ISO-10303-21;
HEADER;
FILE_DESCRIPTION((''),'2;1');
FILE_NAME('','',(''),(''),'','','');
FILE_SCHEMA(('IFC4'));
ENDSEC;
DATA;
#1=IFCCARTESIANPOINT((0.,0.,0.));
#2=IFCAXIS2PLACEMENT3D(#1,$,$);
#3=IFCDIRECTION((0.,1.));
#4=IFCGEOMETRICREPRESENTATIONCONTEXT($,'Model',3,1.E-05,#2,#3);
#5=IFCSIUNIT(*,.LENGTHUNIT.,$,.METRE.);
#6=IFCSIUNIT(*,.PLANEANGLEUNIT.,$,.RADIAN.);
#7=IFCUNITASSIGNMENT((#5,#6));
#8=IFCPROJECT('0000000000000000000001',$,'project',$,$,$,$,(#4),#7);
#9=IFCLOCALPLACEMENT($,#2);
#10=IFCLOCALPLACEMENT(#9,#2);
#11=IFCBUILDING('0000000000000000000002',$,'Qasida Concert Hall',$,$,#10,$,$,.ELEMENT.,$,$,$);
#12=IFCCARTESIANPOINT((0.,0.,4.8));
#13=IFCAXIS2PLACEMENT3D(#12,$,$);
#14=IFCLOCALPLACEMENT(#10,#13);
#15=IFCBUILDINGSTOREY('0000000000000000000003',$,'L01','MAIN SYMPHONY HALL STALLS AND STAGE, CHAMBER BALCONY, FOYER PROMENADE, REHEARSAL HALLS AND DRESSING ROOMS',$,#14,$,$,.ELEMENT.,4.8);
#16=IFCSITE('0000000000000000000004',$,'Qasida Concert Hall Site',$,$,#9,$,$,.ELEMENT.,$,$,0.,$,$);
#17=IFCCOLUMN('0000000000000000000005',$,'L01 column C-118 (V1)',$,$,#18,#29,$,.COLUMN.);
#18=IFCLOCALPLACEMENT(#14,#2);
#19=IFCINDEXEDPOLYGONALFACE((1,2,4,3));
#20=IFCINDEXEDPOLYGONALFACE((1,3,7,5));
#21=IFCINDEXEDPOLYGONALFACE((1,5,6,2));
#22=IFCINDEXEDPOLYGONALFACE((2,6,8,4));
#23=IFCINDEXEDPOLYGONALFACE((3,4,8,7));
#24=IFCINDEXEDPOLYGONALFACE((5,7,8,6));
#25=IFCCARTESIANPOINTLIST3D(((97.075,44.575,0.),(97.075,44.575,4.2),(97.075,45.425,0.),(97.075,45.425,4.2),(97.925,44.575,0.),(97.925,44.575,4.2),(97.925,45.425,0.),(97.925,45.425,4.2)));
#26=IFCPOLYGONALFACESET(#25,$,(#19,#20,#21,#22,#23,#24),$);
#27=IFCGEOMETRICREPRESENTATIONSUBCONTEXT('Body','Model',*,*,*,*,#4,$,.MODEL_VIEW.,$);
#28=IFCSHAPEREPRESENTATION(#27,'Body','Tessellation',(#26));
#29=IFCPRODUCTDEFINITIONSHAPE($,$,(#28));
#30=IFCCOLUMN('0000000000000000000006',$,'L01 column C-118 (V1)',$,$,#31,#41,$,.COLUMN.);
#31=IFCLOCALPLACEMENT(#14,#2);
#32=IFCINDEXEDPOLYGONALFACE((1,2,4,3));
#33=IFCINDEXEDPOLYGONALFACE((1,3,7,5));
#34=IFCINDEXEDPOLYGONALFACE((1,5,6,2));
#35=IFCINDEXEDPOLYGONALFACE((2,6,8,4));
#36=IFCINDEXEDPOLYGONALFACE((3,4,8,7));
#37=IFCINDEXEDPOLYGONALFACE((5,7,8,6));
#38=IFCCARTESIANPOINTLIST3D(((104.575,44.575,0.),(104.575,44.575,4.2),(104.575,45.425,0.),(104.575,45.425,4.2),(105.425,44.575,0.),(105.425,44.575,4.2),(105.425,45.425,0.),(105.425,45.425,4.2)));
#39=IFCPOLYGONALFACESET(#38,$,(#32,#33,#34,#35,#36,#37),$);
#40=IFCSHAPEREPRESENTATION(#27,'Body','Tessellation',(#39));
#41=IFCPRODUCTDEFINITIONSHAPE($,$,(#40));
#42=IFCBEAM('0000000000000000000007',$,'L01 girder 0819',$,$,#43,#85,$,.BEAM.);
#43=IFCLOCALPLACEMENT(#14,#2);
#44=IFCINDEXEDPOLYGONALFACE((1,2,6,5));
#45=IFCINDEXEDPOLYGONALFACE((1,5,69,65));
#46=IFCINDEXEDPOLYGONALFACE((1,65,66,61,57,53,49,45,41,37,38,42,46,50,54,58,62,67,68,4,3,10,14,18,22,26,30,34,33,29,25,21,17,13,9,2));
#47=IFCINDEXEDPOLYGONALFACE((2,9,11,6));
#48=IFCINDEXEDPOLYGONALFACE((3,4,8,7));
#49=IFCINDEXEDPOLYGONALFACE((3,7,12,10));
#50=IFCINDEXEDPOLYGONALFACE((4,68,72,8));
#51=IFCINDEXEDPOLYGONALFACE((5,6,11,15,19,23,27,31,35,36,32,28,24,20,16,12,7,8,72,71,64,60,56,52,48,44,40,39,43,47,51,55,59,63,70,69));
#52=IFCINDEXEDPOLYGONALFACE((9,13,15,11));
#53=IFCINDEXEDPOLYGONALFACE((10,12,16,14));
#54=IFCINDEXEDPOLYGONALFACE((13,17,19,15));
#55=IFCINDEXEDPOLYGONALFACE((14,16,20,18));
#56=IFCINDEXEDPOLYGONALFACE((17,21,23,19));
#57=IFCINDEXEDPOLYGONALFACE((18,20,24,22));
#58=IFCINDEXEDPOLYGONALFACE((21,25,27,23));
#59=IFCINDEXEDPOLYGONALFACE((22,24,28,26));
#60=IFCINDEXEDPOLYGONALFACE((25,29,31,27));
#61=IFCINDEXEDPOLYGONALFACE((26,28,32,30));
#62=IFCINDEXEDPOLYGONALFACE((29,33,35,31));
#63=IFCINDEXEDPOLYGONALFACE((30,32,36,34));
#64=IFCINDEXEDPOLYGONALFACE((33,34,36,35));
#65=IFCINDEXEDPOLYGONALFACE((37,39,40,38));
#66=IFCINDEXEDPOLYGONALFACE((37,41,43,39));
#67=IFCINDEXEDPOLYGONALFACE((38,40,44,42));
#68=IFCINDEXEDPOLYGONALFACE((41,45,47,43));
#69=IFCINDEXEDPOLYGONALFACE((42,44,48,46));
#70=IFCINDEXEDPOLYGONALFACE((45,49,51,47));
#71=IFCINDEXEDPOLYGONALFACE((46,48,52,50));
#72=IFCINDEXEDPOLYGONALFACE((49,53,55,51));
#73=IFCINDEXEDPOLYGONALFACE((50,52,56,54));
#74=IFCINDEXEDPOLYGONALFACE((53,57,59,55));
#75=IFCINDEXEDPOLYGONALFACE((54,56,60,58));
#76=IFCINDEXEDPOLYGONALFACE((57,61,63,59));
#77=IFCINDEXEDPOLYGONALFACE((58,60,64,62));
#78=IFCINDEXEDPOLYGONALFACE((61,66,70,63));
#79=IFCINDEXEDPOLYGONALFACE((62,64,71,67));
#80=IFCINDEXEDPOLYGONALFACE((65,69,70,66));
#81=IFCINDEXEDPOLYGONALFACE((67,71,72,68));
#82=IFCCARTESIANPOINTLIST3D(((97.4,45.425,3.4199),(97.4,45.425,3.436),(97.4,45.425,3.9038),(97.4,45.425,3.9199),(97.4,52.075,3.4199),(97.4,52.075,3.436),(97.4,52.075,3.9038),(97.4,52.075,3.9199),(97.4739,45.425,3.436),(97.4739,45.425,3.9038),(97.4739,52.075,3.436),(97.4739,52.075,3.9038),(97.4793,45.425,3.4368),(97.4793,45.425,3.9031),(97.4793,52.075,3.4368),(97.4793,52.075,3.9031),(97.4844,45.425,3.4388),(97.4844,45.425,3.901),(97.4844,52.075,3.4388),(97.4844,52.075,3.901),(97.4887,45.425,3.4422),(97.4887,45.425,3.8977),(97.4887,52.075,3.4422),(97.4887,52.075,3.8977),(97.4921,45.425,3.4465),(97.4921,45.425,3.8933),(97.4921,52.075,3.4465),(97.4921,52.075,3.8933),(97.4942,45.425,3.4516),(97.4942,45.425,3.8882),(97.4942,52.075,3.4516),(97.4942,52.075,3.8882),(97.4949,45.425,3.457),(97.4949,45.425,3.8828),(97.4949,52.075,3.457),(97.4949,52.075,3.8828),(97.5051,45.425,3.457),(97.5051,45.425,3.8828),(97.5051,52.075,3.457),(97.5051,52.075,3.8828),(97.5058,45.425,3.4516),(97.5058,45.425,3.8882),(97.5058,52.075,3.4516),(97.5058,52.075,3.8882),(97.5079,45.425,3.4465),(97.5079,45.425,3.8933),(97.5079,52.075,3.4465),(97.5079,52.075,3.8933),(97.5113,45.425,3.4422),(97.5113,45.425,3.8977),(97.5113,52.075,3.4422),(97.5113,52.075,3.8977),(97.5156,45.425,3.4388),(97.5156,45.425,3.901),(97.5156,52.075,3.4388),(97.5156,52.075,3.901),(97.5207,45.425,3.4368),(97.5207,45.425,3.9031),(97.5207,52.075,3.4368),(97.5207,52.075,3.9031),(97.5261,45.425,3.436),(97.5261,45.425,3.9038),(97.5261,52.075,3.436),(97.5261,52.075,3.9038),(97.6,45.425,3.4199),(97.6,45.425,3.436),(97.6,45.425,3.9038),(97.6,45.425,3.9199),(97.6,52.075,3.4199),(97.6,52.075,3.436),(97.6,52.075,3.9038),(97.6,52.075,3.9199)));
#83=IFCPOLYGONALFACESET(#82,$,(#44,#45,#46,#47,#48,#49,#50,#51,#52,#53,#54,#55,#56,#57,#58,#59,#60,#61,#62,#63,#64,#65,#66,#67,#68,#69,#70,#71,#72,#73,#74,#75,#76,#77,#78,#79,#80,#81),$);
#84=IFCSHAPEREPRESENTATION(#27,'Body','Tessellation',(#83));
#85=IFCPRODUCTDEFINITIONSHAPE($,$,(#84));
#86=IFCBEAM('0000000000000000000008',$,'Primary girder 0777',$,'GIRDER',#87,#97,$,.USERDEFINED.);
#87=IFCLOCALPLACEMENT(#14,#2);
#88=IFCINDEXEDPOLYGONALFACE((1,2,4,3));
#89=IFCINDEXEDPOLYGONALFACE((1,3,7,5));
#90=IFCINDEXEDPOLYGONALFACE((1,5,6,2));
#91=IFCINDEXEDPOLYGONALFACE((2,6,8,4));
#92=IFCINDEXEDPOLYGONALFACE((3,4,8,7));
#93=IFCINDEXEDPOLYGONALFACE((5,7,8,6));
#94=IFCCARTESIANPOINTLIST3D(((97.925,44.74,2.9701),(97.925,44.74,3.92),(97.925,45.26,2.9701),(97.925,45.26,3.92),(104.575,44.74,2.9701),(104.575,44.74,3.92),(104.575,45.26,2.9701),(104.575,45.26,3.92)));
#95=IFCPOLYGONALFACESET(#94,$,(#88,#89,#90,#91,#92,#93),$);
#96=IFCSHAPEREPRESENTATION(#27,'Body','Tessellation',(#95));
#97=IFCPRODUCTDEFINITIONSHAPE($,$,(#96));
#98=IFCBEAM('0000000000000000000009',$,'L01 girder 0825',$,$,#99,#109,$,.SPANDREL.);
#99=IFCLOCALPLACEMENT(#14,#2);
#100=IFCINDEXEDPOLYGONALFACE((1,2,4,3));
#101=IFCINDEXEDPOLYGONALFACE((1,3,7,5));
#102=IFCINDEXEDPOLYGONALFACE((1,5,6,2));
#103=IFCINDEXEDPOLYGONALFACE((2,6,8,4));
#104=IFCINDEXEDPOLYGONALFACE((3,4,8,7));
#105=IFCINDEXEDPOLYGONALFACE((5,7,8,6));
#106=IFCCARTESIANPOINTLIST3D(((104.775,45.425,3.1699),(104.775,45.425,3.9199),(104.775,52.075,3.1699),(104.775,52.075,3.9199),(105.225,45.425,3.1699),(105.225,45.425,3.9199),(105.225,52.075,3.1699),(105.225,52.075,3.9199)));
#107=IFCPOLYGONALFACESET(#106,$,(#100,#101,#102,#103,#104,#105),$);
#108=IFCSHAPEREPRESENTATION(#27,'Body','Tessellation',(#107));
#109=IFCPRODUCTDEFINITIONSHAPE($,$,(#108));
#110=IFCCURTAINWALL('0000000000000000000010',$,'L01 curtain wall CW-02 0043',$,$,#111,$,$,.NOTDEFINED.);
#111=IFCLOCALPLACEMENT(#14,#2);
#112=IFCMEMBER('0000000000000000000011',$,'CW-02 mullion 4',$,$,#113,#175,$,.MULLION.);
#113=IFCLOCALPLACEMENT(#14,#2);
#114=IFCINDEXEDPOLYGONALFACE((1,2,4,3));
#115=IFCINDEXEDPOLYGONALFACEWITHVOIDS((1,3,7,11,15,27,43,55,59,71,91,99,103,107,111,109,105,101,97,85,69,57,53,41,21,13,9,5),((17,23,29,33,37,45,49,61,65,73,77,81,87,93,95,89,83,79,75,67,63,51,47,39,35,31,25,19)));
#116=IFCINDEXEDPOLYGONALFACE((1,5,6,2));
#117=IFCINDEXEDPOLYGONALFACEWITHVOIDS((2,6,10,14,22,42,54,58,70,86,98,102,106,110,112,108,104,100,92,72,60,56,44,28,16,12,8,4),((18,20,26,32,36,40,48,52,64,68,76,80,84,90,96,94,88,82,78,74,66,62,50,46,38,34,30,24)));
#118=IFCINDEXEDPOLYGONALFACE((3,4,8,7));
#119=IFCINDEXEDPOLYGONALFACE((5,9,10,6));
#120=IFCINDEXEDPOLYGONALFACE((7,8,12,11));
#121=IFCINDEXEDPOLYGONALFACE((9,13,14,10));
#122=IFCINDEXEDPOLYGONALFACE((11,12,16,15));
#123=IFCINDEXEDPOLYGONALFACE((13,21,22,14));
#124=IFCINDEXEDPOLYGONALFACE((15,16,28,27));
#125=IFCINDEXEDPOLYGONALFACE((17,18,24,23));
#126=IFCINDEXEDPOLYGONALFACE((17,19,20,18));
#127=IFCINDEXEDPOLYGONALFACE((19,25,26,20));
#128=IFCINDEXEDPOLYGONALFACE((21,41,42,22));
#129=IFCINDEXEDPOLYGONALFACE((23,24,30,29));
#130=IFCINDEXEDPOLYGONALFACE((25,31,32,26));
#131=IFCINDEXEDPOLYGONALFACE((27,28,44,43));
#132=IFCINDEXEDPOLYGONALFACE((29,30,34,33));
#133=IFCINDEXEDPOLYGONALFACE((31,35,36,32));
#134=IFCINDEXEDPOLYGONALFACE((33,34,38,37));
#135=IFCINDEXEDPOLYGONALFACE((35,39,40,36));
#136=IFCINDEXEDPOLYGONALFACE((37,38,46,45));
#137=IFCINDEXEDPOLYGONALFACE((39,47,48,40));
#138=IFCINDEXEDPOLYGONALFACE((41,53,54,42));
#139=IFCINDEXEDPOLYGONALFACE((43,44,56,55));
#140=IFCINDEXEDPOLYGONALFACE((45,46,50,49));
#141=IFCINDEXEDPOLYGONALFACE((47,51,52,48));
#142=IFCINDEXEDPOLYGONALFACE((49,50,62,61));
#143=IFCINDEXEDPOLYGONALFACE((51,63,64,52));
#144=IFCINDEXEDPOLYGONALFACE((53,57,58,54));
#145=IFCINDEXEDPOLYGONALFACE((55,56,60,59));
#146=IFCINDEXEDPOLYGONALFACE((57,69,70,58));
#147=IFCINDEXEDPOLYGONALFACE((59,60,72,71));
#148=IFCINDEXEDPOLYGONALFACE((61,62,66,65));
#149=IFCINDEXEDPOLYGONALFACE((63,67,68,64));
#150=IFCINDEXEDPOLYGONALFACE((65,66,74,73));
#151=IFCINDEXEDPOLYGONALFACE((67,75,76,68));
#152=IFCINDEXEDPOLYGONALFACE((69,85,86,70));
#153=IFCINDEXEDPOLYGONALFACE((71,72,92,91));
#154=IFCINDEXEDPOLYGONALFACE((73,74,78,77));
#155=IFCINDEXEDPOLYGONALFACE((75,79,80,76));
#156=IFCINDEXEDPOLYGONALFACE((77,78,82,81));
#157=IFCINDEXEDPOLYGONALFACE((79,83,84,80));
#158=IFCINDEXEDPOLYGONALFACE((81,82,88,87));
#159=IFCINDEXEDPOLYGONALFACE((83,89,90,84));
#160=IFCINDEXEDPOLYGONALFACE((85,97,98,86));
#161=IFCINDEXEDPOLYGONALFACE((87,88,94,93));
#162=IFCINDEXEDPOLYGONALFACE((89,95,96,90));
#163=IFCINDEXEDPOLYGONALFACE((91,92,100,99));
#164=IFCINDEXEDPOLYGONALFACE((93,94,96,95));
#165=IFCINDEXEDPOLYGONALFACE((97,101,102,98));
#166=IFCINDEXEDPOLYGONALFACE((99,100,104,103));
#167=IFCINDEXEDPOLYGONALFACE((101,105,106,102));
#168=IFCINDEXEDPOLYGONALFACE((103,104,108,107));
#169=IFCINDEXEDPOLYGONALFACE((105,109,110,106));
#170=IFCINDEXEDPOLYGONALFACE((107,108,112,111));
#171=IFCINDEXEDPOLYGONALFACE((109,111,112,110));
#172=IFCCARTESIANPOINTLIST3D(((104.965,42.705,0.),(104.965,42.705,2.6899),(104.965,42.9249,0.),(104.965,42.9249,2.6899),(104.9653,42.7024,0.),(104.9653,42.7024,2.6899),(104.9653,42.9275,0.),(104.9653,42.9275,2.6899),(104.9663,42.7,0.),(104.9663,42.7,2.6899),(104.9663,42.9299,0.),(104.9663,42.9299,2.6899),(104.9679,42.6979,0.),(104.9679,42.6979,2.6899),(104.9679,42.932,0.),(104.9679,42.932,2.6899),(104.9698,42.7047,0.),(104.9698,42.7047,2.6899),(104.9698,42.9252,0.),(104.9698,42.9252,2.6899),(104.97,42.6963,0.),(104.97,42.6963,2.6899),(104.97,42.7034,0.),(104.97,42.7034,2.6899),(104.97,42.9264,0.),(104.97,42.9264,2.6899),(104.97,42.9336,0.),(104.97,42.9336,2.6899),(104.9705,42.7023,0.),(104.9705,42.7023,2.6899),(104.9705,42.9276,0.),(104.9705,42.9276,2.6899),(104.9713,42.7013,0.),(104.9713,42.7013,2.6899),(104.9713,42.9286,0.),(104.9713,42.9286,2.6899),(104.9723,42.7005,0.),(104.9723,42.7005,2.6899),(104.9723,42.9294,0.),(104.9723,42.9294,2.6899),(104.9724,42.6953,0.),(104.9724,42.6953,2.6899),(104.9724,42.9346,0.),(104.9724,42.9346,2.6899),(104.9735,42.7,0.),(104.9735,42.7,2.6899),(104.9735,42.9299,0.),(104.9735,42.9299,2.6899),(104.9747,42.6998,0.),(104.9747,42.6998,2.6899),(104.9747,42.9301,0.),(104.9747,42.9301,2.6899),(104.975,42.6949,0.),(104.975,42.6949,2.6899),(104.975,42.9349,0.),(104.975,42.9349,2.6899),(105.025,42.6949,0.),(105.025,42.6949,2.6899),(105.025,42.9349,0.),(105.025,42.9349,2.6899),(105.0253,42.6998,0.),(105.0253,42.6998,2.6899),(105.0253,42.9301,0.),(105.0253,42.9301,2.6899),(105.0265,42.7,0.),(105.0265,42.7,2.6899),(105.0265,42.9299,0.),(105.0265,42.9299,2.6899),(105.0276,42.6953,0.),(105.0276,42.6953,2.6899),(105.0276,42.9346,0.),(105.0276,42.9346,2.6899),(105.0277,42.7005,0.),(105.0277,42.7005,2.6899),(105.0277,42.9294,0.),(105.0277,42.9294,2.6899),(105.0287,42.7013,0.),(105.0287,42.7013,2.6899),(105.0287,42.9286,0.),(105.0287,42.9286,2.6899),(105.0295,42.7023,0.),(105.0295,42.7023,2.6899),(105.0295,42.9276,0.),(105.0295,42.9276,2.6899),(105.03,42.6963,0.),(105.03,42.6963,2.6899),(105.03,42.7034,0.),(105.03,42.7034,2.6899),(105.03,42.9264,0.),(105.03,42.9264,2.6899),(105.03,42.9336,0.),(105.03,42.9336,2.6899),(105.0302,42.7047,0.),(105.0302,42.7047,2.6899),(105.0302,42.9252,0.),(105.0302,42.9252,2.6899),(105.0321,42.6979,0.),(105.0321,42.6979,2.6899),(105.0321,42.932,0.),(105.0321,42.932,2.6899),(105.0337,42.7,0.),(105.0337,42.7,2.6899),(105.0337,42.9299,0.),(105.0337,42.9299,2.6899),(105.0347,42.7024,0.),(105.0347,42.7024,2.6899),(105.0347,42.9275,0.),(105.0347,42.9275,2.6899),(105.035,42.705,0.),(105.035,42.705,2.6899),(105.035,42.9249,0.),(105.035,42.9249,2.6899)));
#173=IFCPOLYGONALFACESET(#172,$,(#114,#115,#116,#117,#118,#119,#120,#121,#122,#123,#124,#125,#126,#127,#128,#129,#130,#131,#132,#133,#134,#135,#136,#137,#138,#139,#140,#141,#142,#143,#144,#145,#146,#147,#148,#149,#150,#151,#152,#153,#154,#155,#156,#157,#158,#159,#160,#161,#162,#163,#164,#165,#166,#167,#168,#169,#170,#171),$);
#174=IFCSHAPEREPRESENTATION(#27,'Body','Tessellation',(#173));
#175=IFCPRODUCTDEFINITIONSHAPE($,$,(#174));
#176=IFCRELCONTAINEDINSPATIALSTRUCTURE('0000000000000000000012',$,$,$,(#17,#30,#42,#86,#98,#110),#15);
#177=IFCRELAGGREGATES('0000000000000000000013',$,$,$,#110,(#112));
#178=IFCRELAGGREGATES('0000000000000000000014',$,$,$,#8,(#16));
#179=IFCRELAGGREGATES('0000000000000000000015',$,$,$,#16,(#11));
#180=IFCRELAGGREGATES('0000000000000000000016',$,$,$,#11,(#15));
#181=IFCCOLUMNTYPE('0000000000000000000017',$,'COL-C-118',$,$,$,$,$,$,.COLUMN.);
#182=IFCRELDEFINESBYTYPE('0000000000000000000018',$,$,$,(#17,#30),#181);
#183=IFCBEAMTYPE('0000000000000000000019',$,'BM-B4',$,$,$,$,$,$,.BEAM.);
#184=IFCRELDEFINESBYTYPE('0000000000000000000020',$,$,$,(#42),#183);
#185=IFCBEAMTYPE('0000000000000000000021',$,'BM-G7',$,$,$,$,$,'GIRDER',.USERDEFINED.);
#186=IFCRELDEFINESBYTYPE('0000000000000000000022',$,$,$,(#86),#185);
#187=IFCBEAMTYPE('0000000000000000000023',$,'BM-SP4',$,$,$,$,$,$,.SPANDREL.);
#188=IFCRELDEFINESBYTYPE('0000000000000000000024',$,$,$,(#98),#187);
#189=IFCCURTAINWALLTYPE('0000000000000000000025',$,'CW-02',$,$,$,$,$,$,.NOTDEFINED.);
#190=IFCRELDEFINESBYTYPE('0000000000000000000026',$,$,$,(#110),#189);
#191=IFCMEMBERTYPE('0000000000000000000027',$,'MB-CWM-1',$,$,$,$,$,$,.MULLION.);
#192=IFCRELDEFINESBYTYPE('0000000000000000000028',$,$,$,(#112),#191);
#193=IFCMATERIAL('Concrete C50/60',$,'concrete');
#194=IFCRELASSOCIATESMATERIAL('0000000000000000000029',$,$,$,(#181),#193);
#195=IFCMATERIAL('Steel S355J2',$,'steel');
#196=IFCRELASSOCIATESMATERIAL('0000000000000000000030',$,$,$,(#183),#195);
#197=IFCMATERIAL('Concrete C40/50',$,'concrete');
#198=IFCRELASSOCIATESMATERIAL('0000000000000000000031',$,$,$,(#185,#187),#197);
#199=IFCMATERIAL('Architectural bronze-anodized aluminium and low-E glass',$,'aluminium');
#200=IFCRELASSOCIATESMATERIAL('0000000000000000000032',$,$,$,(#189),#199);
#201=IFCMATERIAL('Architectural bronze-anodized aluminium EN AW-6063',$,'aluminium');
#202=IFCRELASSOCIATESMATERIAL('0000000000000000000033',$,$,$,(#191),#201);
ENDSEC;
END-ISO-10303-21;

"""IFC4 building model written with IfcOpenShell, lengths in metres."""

from ifc_helpers import new_model, si_unit, direction, frame, origin, origin_2d, place, context, subcontext, project, spatial, rectangle, hollow_rectangle, i_section, extrude, material, material_profile, profile_set, type_object, element, aggregate, save


model = new_model("IFC4")

# Units and contexts
model_context = context("Model", 3, precision=1e-05, world=origin(), true_north=direction((0.0, 1.0)))
body_context = subcontext(model_context, "Body", "Model", "MODEL_VIEW")
ifc_project = project(units=[si_unit("LENGTHUNIT", "METRE"), si_unit("PLANEANGLEUNIT", "RADIAN")], contexts=[model_context])

# Site, building, storey
site_placement = place(None, origin())
site = spatial("IfcSite", under=ifc_project, at=site_placement, Name="Qasida Concert Hall Site", CompositionType="ELEMENT", RefElevation=0.0)
building_placement = place(site_placement, origin())
building = spatial("IfcBuilding", under=site, at=building_placement, Name="Qasida Concert Hall", CompositionType="ELEMENT")
storey_placement = place(building_placement, frame((0.0, 0.0, 4.8)))
storey = spatial("IfcBuildingStorey", under=building, at=storey_placement, Name="L01", Description="MAIN SYMPHONY HALL STALLS AND STAGE, CHAMBER BALCONY, FOYER PROMENADE, REHEARSAL HALLS AND DRESSING ROOMS", CompositionType="ELEMENT", Elevation=4.8)

# Columns
ifc_material_1 = material(Name="Concrete C50/60", Category="concrete")
ifc_material_profile_1 = material_profile(ifc_material_1, rectangle(XDim=0.8501, YDim=0.8501, at=origin_2d()), Name="RC 850x850")
ifc_profile_set_1 = profile_set([ifc_material_profile_1], Name="Concrete C50/60")
column_type = type_object("IfcColumnType", Name="COL-C-118", PredefinedType="COLUMN", material=ifc_profile_set_1)
for number, where, z_axis, x_axis, name in (
    (1, (97.5, 45.0, 0.0), (0.0, 0.0, 1.0), (1.0, 0.0, 0.0), "L01 column C-118 (V1)"),
    (2, (105.0, 45.0, 0.0), (0.0, 0.0, 1.0), (1.0, 0.0, 0.0), "L01 column C-118 (V1)"),
):
    element("IfcColumn", number, at=place(storey_placement, frame(where, z_axis=z_axis, x_axis=x_axis)), inside=storey, type_object=column_type, Name=name, PredefinedType="COLUMN", context=body_context, shape_type="SweptSolid", body=[
        extrude(rectangle(XDim=0.8501, YDim=0.8501, at=origin_2d()), origin(), (0.0, 0.0, 1.0), 4.2),
    ])

# Beams
ifc_material_2 = material(Name="Steel S355J2", Category="steel")
ifc_material_profile_2 = material_profile(ifc_material_2, i_section(OverallWidth=0.2, OverallDepth=0.5, WebThickness=0.0103, FlangeThickness=0.0161, FilletRadius=0.021, at=origin_2d()), Name="IPE 500")
ifc_profile_set_2 = profile_set([ifc_material_profile_2], Name="Steel S355J2")
beam_type_1 = type_object("IfcBeamType", Name="BM-B4", PredefinedType="BEAM", material=ifc_profile_set_2)
beam_1_placement = place(storey_placement, frame((97.5, 45.425, 3.6699), z_axis=(0.0, 1.0, 0.0), x_axis=(-1.0, 0.0, 0.0)))
element("IfcBeam", 3, at=beam_1_placement, inside=storey, type_object=beam_type_1, Name="L01 girder 0819", PredefinedType="BEAM", context=body_context, shape_type="SweptSolid", body=[
    extrude(i_section(OverallWidth=0.2, OverallDepth=0.5, WebThickness=0.0103, FlangeThickness=0.0161, FilletRadius=0.021, at=origin_2d()), origin(), (0.0, 0.0, 1.0), 6.6499),
])
ifc_material_3 = material(Name="Concrete C40/50", Category="concrete")
ifc_material_profile_3 = material_profile(ifc_material_3, rectangle(XDim=0.52, YDim=0.95, at=origin_2d()), Name="RC 520x950")
ifc_profile_set_3 = profile_set([ifc_material_profile_3], Name="Concrete C40/50")
beam_type_2 = type_object("IfcBeamType", Name="BM-G7", ElementType="GIRDER", PredefinedType="USERDEFINED", material=ifc_profile_set_3)
beam_2_placement = place(storey_placement, frame((97.925, 45.0, 3.4451), z_axis=(1.0, 0.0, 0.0), x_axis=(0.0, 1.0, 0.0)))
element("IfcBeam", 4, at=beam_2_placement, inside=storey, type_object=beam_type_2, Name="Primary girder 0777", ObjectType="GIRDER", PredefinedType="USERDEFINED", context=body_context, shape_type="SweptSolid", body=[
    extrude(rectangle(XDim=0.52, YDim=0.95, at=origin_2d()), origin(), (0.0, 0.0, 1.0), 6.6499),
])
ifc_material_profile_4 = material_profile(ifc_material_3, rectangle(XDim=0.45, YDim=0.75, at=origin_2d()), Name="RC 450x750")
ifc_profile_set_4 = profile_set([ifc_material_profile_4], Name="Concrete C40/50")
beam_type_3 = type_object("IfcBeamType", Name="BM-SP4", PredefinedType="SPANDREL", material=ifc_profile_set_4)
beam_3_placement = place(storey_placement, frame((105.0, 45.425, 3.5449), z_axis=(0.0, 1.0, 0.0), x_axis=(-1.0, 0.0, 0.0)))
element("IfcBeam", 5, at=beam_3_placement, inside=storey, type_object=beam_type_3, Name="L01 girder 0825", PredefinedType="SPANDREL", context=body_context, shape_type="SweptSolid", body=[
    extrude(rectangle(XDim=0.45, YDim=0.75, at=origin_2d()), origin(), (0.0, 0.0, 1.0), 6.6499),
])

# Curtain wall, member
ifc_material_4 = material(Name="Architectural bronze-anodized aluminium and low-E glass", Category="aluminium")
curtain_wall_type = type_object("IfcCurtainWallType", Name="CW-02", PredefinedType="NOTDEFINED", material=ifc_material_4)
curtain_wall_placement = place(storey_placement, origin())
curtain_wall = element("IfcCurtainWall", 6, at=curtain_wall_placement, inside=storey, type_object=curtain_wall_type, Name="L01 curtain wall CW-02 0043", PredefinedType="NOTDEFINED")
ifc_material_5 = material(Name="Architectural bronze-anodized aluminium EN AW-6063", Category="aluminium")
ifc_material_profile_5 = material_profile(ifc_material_5, hollow_rectangle(XDim=0.0701, YDim=0.24, WallThickness=0.0049, InnerFilletRadius=0.0049, OuterFilletRadius=0.01, at=origin_2d()), Name="CWM 240x70x5")
ifc_profile_set_5 = profile_set([ifc_material_profile_5], Name="Architectural bronze-anodized aluminium EN AW-6063")
member_type_1 = type_object("IfcMemberType", Name="MB-CWM-1", PredefinedType="MULLION", material=ifc_profile_set_5)
member_1_placement = place(storey_placement, frame((105.0, 42.8149, 0.0), z_axis=(0.0, 0.0, 1.0), x_axis=(-1.0, 0.0, 0.0)))
member_1 = element("IfcMember", 7, at=member_1_placement, type_object=member_type_1, Name="CW-02 mullion 4", PredefinedType="MULLION", context=body_context, shape_type="SweptSolid", body=[
    extrude(hollow_rectangle(XDim=0.0701, YDim=0.24, WallThickness=0.0049, InnerFilletRadius=0.0049, OuterFilletRadius=0.01, at=origin_2d()), origin(), (0.0, 0.0, 1.0), 2.6899),
])
aggregate(curtain_wall, [member_1])

save(model, "model.ifc")
